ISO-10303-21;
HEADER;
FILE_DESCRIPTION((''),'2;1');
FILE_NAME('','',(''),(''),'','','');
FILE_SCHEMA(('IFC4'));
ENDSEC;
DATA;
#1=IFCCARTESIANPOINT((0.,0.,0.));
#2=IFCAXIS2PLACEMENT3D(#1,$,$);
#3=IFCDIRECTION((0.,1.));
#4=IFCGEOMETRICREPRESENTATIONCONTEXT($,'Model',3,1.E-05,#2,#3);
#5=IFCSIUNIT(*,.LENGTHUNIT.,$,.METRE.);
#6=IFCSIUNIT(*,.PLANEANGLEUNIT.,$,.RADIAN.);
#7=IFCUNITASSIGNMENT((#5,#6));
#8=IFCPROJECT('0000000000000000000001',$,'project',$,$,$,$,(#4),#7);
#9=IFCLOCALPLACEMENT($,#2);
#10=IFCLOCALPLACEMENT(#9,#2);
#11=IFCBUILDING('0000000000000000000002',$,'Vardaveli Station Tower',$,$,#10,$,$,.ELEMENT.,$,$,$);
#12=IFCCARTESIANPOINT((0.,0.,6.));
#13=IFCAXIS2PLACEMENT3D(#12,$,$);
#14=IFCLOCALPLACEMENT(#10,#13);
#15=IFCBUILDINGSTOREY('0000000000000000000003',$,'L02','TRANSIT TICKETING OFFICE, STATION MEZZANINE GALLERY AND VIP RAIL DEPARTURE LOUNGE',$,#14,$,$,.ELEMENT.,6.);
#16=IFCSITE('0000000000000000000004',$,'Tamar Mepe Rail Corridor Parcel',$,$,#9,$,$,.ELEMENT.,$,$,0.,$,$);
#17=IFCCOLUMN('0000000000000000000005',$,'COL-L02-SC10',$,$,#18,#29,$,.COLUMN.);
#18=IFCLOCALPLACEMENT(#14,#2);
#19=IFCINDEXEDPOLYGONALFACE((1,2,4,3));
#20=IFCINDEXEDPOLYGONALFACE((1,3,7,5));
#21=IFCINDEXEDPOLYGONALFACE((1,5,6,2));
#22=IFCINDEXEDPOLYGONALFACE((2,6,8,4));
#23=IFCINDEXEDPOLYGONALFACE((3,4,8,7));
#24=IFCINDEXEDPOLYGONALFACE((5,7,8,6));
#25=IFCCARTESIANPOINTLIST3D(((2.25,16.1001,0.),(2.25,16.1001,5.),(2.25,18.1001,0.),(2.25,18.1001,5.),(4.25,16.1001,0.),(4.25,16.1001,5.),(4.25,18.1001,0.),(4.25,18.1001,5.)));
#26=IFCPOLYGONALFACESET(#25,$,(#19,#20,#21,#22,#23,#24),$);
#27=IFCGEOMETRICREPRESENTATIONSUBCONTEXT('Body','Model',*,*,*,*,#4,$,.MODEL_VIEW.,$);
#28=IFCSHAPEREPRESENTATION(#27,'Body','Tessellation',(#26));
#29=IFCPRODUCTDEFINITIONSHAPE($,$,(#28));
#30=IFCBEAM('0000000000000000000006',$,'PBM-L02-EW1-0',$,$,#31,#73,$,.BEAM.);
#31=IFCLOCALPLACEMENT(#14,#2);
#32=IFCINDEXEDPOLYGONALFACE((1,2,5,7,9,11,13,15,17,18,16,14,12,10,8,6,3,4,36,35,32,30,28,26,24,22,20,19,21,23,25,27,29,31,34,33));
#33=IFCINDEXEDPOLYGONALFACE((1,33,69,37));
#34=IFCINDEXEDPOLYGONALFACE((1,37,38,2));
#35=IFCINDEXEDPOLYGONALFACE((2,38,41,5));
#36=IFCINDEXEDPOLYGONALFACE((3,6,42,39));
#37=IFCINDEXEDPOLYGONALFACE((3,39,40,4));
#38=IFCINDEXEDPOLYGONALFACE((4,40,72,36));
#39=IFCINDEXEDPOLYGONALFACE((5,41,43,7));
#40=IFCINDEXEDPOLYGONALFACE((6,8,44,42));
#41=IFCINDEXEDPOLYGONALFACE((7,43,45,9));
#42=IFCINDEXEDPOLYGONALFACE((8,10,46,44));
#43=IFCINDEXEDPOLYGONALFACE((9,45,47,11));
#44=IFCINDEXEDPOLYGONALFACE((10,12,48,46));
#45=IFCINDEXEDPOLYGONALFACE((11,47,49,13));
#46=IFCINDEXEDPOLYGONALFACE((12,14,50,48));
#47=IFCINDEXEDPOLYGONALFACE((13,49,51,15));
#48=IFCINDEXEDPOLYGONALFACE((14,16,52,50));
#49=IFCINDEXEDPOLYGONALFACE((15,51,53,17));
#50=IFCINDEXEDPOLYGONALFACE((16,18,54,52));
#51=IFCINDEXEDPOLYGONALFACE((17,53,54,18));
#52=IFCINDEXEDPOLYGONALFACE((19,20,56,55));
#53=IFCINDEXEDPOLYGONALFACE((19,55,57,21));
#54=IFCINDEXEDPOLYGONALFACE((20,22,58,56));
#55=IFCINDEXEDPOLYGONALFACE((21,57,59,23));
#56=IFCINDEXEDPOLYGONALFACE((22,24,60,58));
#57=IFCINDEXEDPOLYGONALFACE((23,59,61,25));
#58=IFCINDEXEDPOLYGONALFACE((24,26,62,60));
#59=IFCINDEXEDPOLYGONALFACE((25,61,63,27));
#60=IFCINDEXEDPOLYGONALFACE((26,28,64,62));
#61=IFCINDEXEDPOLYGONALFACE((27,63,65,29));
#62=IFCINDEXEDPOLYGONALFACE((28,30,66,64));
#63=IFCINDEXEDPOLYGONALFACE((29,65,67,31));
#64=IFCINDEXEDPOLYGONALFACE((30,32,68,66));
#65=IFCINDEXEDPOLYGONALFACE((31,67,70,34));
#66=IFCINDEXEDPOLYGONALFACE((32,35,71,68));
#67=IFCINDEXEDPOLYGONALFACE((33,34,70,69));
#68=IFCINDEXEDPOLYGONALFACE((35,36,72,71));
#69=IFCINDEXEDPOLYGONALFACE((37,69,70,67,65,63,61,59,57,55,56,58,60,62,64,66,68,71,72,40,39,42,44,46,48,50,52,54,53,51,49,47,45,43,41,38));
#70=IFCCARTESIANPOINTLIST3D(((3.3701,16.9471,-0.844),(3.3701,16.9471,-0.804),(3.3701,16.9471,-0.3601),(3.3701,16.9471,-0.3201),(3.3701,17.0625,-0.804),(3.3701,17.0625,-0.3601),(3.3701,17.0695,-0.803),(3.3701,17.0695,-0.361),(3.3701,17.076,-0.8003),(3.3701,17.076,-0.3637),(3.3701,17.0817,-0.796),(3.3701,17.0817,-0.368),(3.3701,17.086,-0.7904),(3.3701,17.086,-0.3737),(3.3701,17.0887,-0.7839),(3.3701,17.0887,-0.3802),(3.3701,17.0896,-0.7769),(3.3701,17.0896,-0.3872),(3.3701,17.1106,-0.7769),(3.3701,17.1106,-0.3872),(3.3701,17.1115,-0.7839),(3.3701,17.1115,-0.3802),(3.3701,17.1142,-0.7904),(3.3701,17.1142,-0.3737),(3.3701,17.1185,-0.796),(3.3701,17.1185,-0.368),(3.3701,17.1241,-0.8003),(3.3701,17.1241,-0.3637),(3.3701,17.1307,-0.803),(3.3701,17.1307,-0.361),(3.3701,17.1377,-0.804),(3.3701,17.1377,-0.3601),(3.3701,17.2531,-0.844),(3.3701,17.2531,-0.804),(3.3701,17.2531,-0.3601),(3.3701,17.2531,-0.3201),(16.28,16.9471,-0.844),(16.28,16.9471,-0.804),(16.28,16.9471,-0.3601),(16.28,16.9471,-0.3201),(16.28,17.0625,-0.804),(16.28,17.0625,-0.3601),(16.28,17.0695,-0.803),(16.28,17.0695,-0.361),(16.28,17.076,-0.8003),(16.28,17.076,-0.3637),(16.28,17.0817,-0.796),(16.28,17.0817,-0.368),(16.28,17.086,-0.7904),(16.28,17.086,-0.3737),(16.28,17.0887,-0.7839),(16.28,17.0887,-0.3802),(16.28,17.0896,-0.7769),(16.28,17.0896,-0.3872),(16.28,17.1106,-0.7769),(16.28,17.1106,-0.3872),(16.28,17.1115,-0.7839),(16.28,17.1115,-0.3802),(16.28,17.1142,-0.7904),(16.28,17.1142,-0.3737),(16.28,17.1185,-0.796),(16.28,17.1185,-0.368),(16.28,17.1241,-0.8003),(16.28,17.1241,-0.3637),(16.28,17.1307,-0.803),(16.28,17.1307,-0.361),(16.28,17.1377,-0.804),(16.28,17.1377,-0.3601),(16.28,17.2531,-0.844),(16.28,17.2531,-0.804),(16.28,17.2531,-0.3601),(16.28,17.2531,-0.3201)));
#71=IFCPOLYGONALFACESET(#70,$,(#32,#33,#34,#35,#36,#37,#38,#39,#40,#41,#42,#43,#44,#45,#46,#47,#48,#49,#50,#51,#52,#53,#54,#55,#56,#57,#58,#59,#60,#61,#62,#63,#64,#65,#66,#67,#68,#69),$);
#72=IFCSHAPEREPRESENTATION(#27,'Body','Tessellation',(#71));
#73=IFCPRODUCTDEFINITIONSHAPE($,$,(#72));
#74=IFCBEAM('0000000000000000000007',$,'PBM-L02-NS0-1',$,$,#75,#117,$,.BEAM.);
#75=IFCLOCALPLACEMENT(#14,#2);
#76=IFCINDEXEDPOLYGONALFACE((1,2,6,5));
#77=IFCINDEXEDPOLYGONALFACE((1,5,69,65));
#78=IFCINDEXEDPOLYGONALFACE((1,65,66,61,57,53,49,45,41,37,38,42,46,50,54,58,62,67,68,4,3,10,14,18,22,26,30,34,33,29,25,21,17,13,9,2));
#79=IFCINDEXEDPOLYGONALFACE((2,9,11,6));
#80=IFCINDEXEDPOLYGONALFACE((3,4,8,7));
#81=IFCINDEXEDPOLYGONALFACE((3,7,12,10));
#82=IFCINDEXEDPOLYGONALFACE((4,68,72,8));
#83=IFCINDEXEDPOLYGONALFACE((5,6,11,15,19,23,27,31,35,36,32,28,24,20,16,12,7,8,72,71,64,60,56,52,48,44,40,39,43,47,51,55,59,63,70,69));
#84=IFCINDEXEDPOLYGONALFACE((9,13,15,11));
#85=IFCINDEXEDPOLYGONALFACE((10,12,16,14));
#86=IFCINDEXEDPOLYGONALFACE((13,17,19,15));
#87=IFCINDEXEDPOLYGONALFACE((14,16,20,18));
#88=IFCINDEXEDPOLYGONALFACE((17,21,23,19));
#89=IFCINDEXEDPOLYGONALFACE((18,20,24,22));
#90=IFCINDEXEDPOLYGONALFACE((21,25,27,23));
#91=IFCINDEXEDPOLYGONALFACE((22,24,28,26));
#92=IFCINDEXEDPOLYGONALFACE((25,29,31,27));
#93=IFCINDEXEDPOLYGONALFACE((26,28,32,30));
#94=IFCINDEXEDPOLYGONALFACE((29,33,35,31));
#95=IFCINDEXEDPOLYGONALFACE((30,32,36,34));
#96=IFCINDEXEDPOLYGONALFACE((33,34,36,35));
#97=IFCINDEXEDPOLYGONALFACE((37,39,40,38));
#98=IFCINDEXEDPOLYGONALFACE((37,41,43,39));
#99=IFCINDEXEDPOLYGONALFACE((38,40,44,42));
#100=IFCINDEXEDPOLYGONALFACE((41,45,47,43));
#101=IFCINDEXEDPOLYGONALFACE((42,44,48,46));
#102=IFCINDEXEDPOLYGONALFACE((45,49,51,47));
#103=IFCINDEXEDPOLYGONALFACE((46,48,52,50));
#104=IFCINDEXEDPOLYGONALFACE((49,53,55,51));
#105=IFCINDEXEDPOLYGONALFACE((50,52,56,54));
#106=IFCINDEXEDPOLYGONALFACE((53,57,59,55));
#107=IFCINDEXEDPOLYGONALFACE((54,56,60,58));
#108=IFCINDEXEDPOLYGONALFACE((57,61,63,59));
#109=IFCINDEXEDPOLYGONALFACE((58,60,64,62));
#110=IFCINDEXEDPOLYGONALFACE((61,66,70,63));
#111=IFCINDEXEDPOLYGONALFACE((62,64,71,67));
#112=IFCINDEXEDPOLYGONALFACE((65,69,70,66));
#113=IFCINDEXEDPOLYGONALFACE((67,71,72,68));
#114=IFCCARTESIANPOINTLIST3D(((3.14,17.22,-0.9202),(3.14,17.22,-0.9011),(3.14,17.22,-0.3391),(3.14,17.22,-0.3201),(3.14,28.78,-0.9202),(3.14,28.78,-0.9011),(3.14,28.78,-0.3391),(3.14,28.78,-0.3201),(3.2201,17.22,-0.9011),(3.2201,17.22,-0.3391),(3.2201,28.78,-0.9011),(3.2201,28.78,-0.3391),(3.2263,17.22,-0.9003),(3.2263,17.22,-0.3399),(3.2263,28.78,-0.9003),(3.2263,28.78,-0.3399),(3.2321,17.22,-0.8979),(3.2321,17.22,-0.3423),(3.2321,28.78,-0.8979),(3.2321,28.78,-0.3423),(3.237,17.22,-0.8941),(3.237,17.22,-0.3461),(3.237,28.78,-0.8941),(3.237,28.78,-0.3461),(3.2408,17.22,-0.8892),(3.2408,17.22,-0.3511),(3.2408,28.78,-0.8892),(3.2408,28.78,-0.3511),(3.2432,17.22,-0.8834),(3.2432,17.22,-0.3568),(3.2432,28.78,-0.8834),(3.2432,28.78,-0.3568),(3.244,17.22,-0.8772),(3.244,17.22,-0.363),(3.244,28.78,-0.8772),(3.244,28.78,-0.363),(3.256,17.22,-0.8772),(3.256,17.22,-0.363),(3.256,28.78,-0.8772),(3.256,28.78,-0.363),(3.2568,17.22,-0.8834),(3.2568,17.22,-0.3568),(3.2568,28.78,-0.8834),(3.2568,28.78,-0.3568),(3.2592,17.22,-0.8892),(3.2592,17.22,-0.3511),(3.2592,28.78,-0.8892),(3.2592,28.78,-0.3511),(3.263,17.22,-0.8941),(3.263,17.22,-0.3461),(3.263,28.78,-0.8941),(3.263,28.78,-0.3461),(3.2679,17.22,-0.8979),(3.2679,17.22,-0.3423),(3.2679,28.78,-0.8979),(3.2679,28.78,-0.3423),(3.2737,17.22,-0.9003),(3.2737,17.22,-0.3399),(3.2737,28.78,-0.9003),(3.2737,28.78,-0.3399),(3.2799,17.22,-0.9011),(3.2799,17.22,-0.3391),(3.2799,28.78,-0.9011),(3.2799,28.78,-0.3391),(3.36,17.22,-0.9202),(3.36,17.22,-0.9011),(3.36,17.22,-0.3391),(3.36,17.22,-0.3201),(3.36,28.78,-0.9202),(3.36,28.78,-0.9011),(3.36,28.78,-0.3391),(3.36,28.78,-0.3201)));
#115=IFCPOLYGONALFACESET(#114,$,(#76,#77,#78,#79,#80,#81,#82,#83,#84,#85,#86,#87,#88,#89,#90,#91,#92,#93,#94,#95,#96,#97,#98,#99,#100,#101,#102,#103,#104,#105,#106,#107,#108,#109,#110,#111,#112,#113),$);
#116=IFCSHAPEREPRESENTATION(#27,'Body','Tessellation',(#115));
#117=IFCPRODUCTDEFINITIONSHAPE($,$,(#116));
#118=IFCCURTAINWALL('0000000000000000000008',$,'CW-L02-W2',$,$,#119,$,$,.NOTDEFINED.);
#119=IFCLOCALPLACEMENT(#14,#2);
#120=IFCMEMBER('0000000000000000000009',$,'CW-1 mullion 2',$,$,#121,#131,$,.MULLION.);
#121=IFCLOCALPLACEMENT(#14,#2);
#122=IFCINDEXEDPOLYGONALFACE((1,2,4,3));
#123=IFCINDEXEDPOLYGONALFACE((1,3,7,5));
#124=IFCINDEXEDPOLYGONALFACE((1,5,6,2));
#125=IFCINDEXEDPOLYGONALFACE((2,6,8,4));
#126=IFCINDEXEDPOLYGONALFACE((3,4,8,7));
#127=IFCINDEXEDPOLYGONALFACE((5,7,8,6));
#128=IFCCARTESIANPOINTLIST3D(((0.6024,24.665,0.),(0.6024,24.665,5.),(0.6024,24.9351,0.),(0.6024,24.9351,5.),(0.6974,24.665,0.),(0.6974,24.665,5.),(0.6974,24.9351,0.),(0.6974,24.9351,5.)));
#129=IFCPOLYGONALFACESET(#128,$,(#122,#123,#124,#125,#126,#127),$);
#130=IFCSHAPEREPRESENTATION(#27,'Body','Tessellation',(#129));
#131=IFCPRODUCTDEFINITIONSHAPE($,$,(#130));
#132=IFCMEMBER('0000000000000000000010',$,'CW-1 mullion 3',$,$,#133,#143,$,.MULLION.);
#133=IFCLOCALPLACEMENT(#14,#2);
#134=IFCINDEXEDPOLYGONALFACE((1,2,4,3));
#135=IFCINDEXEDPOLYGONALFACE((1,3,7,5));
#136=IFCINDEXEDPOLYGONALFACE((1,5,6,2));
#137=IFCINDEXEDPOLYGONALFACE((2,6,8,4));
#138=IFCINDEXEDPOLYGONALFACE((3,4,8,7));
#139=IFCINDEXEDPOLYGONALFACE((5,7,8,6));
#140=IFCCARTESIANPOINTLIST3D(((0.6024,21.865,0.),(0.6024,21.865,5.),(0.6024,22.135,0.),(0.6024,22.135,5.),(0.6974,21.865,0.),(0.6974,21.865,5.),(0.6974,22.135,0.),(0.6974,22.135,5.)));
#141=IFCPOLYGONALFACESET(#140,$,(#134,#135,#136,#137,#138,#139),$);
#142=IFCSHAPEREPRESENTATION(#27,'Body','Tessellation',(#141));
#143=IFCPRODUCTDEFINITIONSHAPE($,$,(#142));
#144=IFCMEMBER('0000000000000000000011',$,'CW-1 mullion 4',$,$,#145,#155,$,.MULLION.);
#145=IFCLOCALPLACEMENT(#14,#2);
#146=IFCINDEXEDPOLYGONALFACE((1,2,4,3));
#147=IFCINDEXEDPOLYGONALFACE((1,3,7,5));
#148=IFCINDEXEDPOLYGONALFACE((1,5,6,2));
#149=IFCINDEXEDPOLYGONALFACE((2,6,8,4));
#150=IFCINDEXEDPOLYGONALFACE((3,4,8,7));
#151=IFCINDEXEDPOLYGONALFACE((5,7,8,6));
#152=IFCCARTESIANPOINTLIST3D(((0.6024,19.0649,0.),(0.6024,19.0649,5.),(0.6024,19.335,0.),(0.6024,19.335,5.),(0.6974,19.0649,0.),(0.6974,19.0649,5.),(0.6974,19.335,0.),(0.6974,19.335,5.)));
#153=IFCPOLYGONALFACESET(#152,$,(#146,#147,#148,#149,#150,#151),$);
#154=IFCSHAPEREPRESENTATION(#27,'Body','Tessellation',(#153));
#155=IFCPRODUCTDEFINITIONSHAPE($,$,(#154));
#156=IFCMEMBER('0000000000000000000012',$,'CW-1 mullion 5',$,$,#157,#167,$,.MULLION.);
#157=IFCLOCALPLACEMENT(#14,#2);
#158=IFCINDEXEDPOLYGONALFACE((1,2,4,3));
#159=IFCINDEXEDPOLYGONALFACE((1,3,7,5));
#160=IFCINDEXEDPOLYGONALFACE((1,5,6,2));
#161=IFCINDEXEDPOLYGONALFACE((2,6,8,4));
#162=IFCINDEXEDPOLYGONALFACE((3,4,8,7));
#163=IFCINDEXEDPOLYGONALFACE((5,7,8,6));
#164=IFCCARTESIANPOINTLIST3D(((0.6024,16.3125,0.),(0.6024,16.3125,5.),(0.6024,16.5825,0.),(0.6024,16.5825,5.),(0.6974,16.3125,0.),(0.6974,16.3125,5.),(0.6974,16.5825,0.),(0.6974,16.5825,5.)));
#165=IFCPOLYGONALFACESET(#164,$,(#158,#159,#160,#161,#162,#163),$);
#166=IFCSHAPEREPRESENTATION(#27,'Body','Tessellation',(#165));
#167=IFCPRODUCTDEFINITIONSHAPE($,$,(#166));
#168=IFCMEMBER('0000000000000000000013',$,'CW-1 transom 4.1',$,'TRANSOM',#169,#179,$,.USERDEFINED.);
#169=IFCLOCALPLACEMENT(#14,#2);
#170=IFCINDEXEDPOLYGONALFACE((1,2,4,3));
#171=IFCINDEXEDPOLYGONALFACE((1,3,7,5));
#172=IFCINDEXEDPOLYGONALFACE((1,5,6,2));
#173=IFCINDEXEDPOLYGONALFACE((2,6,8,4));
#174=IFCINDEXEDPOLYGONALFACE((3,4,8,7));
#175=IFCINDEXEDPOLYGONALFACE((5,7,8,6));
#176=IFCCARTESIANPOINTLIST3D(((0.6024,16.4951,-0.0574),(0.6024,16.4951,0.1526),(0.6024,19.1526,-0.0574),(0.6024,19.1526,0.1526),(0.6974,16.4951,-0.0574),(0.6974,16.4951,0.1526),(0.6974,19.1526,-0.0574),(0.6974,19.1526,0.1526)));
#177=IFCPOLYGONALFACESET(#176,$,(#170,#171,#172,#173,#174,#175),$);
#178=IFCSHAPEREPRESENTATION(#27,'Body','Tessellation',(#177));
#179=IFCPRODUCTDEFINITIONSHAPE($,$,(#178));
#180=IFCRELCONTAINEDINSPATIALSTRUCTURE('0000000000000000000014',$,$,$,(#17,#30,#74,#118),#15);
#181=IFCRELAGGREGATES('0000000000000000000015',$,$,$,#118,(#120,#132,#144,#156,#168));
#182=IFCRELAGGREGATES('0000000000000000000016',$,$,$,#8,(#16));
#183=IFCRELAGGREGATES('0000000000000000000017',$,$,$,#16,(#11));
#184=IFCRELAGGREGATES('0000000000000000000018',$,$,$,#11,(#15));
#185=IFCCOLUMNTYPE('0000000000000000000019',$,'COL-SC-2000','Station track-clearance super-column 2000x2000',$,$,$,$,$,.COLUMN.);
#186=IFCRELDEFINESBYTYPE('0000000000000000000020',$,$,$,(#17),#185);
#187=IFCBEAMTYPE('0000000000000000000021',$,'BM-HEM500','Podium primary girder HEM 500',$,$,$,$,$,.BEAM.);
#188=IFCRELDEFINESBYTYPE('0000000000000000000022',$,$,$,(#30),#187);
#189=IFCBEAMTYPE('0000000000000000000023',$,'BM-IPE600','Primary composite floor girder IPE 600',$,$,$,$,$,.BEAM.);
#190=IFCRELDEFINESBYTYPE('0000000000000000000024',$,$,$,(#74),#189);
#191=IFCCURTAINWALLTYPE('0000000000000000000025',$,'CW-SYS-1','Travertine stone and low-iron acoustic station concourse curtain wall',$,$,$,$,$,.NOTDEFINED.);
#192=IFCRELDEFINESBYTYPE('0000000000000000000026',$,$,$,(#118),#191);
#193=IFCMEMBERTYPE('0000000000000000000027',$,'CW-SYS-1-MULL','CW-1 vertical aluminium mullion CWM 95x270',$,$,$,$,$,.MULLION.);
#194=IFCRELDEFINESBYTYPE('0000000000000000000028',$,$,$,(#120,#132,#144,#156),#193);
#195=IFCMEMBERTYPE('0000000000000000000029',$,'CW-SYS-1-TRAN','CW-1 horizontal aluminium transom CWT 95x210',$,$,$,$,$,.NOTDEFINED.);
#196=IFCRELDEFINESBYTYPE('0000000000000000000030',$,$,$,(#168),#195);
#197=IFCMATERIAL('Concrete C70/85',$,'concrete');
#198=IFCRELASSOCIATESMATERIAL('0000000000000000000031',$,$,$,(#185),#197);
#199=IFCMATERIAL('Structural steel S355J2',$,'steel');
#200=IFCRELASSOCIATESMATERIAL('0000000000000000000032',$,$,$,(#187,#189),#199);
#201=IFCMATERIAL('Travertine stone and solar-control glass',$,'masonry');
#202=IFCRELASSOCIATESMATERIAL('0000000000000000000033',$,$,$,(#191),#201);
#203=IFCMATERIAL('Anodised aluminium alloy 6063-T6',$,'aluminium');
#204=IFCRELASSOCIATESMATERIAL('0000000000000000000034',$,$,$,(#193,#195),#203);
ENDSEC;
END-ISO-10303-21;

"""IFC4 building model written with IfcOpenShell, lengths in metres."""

from ifc_helpers import new_model, si_unit, direction, frame, origin, origin_2d, place, context, subcontext, project, spatial, rectangle, i_section, extrude, source, transform, mapped, material, material_profile, profile_set, type_object, element, aggregate, save


model = new_model("IFC4")

# Units and contexts
model_context = context("Model", 3, precision=1e-05, world=origin(), true_north=direction((0.0, 1.0)))
body_context = subcontext(model_context, "Body", "Model", "MODEL_VIEW")
ifc_project = project(units=[si_unit("LENGTHUNIT", "METRE"), si_unit("PLANEANGLEUNIT", "RADIAN")], contexts=[model_context])

# Site, building, storey
site_placement = place(None, origin())
site = spatial("IfcSite", under=ifc_project, at=site_placement, Name="Tamar Mepe Rail Corridor Parcel", CompositionType="ELEMENT", RefElevation=0.0)
building_placement = place(site_placement, origin())
building = spatial("IfcBuilding", under=site, at=building_placement, Name="Vardaveli Station Tower", CompositionType="ELEMENT")
storey_placement = place(building_placement, frame((0.0, 0.0, 6.0)))
storey = spatial("IfcBuildingStorey", under=building, at=storey_placement, Name="L02", Description="TRANSIT TICKETING OFFICE, STATION MEZZANINE GALLERY AND VIP RAIL DEPARTURE LOUNGE", CompositionType="ELEMENT", Elevation=6.0)

# Column
ifc_material_1 = material(Name="Concrete C70/85", Category="concrete")
ifc_material_profile_1 = material_profile(ifc_material_1, rectangle(XDim=2.0, YDim=2.0, at=origin_2d()), Name="SC 2000x2000")
ifc_profile_set_1 = profile_set([ifc_material_profile_1], Name="Concrete C70/85")
column_type = type_object("IfcColumnType", Name="COL-SC-2000", Description="Station track-clearance super-column 2000x2000", PredefinedType="COLUMN", material=ifc_profile_set_1)
shared_shape_1 = source(origin(), body_context, "Body", "SweptSolid", [
    extrude(rectangle(XDim=2.0, YDim=2.0, at=origin_2d()), origin(), (0.0, 0.0, 1.0), 5.0),
])
column_placement = place(storey_placement, frame((3.25, 17.1001, 0.0), z_axis=(0.0, 0.0, 1.0), x_axis=(1.0, 0.0, 0.0)))
element("IfcColumn", 1, at=column_placement, inside=storey, type_object=column_type, Name="COL-L02-SC10", PredefinedType="COLUMN", context=body_context, shape_type="MappedRepresentation", body=[
    mapped(shared_shape_1, transform((0.0, 0.0, 0.0), scale=1.0)),
])

# Beams
ifc_material_2 = material(Name="Structural steel S355J2", Category="steel")
ifc_material_profile_2 = material_profile(ifc_material_2, i_section(OverallWidth=0.3059, OverallDepth=0.5239, WebThickness=0.021, FlangeThickness=0.04, FilletRadius=0.0271, at=origin_2d()), Name="HEM 500")
ifc_profile_set_2 = profile_set([ifc_material_profile_2], Name="Structural steel S355J2")
beam_type_1 = type_object("IfcBeamType", Name="BM-HEM500", Description="Podium primary girder HEM 500", PredefinedType="BEAM", material=ifc_profile_set_2)
shared_shape_2 = source(origin(), body_context, "Body", "SweptSolid", [
    extrude(i_section(OverallWidth=0.3059, OverallDepth=0.5239, WebThickness=0.021, FlangeThickness=0.04, FilletRadius=0.0271, at=origin_2d()), origin(), (0.0, 0.0, 1.0), 12.9099),
])
beam_1_placement = place(storey_placement, frame((3.3701, 17.1001, -0.582), z_axis=(1.0, 0.0, 0.0), x_axis=(0.0, 1.0, 0.0)))
element("IfcBeam", 2, at=beam_1_placement, inside=storey, type_object=beam_type_1, Name="PBM-L02-EW1-0", PredefinedType="BEAM", context=body_context, shape_type="MappedRepresentation", body=[
    mapped(shared_shape_2, transform((0.0, 0.0, 0.0), scale=1.0)),
])
ifc_material_profile_3 = material_profile(ifc_material_2, i_section(OverallWidth=0.22, OverallDepth=0.6001, WebThickness=0.012, FlangeThickness=0.019, FilletRadius=0.0239, at=origin_2d()), Name="IPE 600")
ifc_profile_set_3 = profile_set([ifc_material_profile_3], Name="Structural steel S355J2")
beam_type_2 = type_object("IfcBeamType", Name="BM-IPE600", Description="Primary composite floor girder IPE 600", PredefinedType="BEAM", material=ifc_profile_set_3)
shared_shape_3 = source(origin(), body_context, "Body", "SweptSolid", [
    extrude(i_section(OverallWidth=0.22, OverallDepth=0.6001, WebThickness=0.012, FlangeThickness=0.019, FilletRadius=0.0239, at=origin_2d()), origin(), (0.0, 0.0, 1.0), 11.5601),
])
beam_2_placement = place(storey_placement, frame((3.25, 17.22, -0.6201), z_axis=(0.0, 1.0, 0.0), x_axis=(-1.0, 0.0, 0.0)))
element("IfcBeam", 3, at=beam_2_placement, inside=storey, type_object=beam_type_2, Name="PBM-L02-NS0-1", PredefinedType="BEAM", context=body_context, shape_type="MappedRepresentation", body=[
    mapped(shared_shape_3, transform((0.0, 0.0, 0.0), scale=1.0)),
])

# Curtain wall, members
ifc_material_3 = material(Name="Travertine stone and solar-control glass", Category="masonry")
curtain_wall_type = type_object("IfcCurtainWallType", Name="CW-SYS-1", Description="Travertine stone and low-iron acoustic station concourse curtain wall", PredefinedType="NOTDEFINED", material=ifc_material_3)
curtain_wall_placement = place(storey_placement, origin())
curtain_wall = element("IfcCurtainWall", 4, at=curtain_wall_placement, inside=storey, type_object=curtain_wall_type, Name="CW-L02-W2", PredefinedType="NOTDEFINED")
ifc_material_4 = material(Name="Anodised aluminium alloy 6063-T6", Category="aluminium")
ifc_material_profile_4 = material_profile(ifc_material_4, rectangle(XDim=0.095, YDim=0.27, at=origin_2d()), Name="CWM 95x270")
ifc_profile_set_4 = profile_set([ifc_material_profile_4], Name="Anodised aluminium alloy 6063-T6")
member_type_1 = type_object("IfcMemberType", Name="CW-SYS-1-MULL", Description="CW-1 vertical aluminium mullion CWM 95x270", PredefinedType="MULLION", material=ifc_profile_set_4)
shared_shape_4 = source(origin(), body_context, "Body", "SweptSolid", [
    extrude(rectangle(XDim=0.095, YDim=0.27, at=origin_2d()), origin(), (0.0, 0.0, 1.0), 5.0),
])
member_1_placement = place(storey_placement, frame((0.6499, 24.8, 0.0), z_axis=(0.0, 0.0, 1.0), x_axis=(1.0, 0.0, 0.0)))
member_1 = element("IfcMember", 5, at=member_1_placement, type_object=member_type_1, Name="CW-1 mullion 2", PredefinedType="MULLION", context=body_context, shape_type="MappedRepresentation", body=[
    mapped(shared_shape_4, transform((0.0, 0.0, 0.0), scale=1.0)),
])
member_2_placement = place(storey_placement, frame((0.6499, 22.0, 0.0), z_axis=(0.0, 0.0, 1.0), x_axis=(1.0, 0.0, 0.0)))
member_2 = element("IfcMember", 6, at=member_2_placement, type_object=member_type_1, Name="CW-1 mullion 3", PredefinedType="MULLION", context=body_context, shape_type="MappedRepresentation", body=[
    mapped(shared_shape_4, transform((0.0, 0.0, 0.0), scale=1.0)),
])
member_3_placement = place(storey_placement, frame((0.6499, 19.2, 0.0), z_axis=(0.0, 0.0, 1.0), x_axis=(1.0, 0.0, 0.0)))
member_3 = element("IfcMember", 7, at=member_3_placement, type_object=member_type_1, Name="CW-1 mullion 4", PredefinedType="MULLION", context=body_context, shape_type="MappedRepresentation", body=[
    mapped(shared_shape_4, transform((0.0, 0.0, 0.0), scale=1.0)),
])
member_4_placement = place(storey_placement, frame((0.6499, 16.4475, 0.0), z_axis=(0.0, 0.0, 1.0), x_axis=(1.0, 0.0, 0.0)))
member_4 = element("IfcMember", 8, at=member_4_placement, type_object=member_type_1, Name="CW-1 mullion 5", PredefinedType="MULLION", context=body_context, shape_type="MappedRepresentation", body=[
    mapped(shared_shape_4, transform((0.0, 0.0, 0.0), scale=1.0)),
])
ifc_material_profile_5 = material_profile(ifc_material_4, rectangle(XDim=0.095, YDim=0.21, at=origin_2d()), Name="CWT 95x210")
ifc_profile_set_5 = profile_set([ifc_material_profile_5], Name="Anodised aluminium alloy 6063-T6")
member_type_2 = type_object("IfcMemberType", Name="CW-SYS-1-TRAN", Description="CW-1 horizontal aluminium transom CWT 95x210", PredefinedType="NOTDEFINED", material=ifc_profile_set_5)
shared_shape_5 = source(origin(), body_context, "Body", "SweptSolid", [
    extrude(rectangle(XDim=0.095, YDim=0.21, at=origin_2d()), origin(), (0.0, 0.0, 1.0), 2.6575),
])
member_5_placement = place(storey_placement, frame((0.6499, 19.1526, 0.0476), z_axis=(0.0, -1.0, 0.0), x_axis=(1.0, 0.0, 0.0)))
member_5 = element("IfcMember", 9, at=member_5_placement, type_object=member_type_2, Name="CW-1 transom 4.1", ObjectType="TRANSOM", PredefinedType="USERDEFINED", context=body_context, shape_type="MappedRepresentation", body=[
    mapped(shared_shape_5, transform((0.0, 0.0, 0.0), scale=1.0)),
])
aggregate(curtain_wall, [member_1, member_2, member_3, member_4, member_5])

save(model, "model.ifc")
